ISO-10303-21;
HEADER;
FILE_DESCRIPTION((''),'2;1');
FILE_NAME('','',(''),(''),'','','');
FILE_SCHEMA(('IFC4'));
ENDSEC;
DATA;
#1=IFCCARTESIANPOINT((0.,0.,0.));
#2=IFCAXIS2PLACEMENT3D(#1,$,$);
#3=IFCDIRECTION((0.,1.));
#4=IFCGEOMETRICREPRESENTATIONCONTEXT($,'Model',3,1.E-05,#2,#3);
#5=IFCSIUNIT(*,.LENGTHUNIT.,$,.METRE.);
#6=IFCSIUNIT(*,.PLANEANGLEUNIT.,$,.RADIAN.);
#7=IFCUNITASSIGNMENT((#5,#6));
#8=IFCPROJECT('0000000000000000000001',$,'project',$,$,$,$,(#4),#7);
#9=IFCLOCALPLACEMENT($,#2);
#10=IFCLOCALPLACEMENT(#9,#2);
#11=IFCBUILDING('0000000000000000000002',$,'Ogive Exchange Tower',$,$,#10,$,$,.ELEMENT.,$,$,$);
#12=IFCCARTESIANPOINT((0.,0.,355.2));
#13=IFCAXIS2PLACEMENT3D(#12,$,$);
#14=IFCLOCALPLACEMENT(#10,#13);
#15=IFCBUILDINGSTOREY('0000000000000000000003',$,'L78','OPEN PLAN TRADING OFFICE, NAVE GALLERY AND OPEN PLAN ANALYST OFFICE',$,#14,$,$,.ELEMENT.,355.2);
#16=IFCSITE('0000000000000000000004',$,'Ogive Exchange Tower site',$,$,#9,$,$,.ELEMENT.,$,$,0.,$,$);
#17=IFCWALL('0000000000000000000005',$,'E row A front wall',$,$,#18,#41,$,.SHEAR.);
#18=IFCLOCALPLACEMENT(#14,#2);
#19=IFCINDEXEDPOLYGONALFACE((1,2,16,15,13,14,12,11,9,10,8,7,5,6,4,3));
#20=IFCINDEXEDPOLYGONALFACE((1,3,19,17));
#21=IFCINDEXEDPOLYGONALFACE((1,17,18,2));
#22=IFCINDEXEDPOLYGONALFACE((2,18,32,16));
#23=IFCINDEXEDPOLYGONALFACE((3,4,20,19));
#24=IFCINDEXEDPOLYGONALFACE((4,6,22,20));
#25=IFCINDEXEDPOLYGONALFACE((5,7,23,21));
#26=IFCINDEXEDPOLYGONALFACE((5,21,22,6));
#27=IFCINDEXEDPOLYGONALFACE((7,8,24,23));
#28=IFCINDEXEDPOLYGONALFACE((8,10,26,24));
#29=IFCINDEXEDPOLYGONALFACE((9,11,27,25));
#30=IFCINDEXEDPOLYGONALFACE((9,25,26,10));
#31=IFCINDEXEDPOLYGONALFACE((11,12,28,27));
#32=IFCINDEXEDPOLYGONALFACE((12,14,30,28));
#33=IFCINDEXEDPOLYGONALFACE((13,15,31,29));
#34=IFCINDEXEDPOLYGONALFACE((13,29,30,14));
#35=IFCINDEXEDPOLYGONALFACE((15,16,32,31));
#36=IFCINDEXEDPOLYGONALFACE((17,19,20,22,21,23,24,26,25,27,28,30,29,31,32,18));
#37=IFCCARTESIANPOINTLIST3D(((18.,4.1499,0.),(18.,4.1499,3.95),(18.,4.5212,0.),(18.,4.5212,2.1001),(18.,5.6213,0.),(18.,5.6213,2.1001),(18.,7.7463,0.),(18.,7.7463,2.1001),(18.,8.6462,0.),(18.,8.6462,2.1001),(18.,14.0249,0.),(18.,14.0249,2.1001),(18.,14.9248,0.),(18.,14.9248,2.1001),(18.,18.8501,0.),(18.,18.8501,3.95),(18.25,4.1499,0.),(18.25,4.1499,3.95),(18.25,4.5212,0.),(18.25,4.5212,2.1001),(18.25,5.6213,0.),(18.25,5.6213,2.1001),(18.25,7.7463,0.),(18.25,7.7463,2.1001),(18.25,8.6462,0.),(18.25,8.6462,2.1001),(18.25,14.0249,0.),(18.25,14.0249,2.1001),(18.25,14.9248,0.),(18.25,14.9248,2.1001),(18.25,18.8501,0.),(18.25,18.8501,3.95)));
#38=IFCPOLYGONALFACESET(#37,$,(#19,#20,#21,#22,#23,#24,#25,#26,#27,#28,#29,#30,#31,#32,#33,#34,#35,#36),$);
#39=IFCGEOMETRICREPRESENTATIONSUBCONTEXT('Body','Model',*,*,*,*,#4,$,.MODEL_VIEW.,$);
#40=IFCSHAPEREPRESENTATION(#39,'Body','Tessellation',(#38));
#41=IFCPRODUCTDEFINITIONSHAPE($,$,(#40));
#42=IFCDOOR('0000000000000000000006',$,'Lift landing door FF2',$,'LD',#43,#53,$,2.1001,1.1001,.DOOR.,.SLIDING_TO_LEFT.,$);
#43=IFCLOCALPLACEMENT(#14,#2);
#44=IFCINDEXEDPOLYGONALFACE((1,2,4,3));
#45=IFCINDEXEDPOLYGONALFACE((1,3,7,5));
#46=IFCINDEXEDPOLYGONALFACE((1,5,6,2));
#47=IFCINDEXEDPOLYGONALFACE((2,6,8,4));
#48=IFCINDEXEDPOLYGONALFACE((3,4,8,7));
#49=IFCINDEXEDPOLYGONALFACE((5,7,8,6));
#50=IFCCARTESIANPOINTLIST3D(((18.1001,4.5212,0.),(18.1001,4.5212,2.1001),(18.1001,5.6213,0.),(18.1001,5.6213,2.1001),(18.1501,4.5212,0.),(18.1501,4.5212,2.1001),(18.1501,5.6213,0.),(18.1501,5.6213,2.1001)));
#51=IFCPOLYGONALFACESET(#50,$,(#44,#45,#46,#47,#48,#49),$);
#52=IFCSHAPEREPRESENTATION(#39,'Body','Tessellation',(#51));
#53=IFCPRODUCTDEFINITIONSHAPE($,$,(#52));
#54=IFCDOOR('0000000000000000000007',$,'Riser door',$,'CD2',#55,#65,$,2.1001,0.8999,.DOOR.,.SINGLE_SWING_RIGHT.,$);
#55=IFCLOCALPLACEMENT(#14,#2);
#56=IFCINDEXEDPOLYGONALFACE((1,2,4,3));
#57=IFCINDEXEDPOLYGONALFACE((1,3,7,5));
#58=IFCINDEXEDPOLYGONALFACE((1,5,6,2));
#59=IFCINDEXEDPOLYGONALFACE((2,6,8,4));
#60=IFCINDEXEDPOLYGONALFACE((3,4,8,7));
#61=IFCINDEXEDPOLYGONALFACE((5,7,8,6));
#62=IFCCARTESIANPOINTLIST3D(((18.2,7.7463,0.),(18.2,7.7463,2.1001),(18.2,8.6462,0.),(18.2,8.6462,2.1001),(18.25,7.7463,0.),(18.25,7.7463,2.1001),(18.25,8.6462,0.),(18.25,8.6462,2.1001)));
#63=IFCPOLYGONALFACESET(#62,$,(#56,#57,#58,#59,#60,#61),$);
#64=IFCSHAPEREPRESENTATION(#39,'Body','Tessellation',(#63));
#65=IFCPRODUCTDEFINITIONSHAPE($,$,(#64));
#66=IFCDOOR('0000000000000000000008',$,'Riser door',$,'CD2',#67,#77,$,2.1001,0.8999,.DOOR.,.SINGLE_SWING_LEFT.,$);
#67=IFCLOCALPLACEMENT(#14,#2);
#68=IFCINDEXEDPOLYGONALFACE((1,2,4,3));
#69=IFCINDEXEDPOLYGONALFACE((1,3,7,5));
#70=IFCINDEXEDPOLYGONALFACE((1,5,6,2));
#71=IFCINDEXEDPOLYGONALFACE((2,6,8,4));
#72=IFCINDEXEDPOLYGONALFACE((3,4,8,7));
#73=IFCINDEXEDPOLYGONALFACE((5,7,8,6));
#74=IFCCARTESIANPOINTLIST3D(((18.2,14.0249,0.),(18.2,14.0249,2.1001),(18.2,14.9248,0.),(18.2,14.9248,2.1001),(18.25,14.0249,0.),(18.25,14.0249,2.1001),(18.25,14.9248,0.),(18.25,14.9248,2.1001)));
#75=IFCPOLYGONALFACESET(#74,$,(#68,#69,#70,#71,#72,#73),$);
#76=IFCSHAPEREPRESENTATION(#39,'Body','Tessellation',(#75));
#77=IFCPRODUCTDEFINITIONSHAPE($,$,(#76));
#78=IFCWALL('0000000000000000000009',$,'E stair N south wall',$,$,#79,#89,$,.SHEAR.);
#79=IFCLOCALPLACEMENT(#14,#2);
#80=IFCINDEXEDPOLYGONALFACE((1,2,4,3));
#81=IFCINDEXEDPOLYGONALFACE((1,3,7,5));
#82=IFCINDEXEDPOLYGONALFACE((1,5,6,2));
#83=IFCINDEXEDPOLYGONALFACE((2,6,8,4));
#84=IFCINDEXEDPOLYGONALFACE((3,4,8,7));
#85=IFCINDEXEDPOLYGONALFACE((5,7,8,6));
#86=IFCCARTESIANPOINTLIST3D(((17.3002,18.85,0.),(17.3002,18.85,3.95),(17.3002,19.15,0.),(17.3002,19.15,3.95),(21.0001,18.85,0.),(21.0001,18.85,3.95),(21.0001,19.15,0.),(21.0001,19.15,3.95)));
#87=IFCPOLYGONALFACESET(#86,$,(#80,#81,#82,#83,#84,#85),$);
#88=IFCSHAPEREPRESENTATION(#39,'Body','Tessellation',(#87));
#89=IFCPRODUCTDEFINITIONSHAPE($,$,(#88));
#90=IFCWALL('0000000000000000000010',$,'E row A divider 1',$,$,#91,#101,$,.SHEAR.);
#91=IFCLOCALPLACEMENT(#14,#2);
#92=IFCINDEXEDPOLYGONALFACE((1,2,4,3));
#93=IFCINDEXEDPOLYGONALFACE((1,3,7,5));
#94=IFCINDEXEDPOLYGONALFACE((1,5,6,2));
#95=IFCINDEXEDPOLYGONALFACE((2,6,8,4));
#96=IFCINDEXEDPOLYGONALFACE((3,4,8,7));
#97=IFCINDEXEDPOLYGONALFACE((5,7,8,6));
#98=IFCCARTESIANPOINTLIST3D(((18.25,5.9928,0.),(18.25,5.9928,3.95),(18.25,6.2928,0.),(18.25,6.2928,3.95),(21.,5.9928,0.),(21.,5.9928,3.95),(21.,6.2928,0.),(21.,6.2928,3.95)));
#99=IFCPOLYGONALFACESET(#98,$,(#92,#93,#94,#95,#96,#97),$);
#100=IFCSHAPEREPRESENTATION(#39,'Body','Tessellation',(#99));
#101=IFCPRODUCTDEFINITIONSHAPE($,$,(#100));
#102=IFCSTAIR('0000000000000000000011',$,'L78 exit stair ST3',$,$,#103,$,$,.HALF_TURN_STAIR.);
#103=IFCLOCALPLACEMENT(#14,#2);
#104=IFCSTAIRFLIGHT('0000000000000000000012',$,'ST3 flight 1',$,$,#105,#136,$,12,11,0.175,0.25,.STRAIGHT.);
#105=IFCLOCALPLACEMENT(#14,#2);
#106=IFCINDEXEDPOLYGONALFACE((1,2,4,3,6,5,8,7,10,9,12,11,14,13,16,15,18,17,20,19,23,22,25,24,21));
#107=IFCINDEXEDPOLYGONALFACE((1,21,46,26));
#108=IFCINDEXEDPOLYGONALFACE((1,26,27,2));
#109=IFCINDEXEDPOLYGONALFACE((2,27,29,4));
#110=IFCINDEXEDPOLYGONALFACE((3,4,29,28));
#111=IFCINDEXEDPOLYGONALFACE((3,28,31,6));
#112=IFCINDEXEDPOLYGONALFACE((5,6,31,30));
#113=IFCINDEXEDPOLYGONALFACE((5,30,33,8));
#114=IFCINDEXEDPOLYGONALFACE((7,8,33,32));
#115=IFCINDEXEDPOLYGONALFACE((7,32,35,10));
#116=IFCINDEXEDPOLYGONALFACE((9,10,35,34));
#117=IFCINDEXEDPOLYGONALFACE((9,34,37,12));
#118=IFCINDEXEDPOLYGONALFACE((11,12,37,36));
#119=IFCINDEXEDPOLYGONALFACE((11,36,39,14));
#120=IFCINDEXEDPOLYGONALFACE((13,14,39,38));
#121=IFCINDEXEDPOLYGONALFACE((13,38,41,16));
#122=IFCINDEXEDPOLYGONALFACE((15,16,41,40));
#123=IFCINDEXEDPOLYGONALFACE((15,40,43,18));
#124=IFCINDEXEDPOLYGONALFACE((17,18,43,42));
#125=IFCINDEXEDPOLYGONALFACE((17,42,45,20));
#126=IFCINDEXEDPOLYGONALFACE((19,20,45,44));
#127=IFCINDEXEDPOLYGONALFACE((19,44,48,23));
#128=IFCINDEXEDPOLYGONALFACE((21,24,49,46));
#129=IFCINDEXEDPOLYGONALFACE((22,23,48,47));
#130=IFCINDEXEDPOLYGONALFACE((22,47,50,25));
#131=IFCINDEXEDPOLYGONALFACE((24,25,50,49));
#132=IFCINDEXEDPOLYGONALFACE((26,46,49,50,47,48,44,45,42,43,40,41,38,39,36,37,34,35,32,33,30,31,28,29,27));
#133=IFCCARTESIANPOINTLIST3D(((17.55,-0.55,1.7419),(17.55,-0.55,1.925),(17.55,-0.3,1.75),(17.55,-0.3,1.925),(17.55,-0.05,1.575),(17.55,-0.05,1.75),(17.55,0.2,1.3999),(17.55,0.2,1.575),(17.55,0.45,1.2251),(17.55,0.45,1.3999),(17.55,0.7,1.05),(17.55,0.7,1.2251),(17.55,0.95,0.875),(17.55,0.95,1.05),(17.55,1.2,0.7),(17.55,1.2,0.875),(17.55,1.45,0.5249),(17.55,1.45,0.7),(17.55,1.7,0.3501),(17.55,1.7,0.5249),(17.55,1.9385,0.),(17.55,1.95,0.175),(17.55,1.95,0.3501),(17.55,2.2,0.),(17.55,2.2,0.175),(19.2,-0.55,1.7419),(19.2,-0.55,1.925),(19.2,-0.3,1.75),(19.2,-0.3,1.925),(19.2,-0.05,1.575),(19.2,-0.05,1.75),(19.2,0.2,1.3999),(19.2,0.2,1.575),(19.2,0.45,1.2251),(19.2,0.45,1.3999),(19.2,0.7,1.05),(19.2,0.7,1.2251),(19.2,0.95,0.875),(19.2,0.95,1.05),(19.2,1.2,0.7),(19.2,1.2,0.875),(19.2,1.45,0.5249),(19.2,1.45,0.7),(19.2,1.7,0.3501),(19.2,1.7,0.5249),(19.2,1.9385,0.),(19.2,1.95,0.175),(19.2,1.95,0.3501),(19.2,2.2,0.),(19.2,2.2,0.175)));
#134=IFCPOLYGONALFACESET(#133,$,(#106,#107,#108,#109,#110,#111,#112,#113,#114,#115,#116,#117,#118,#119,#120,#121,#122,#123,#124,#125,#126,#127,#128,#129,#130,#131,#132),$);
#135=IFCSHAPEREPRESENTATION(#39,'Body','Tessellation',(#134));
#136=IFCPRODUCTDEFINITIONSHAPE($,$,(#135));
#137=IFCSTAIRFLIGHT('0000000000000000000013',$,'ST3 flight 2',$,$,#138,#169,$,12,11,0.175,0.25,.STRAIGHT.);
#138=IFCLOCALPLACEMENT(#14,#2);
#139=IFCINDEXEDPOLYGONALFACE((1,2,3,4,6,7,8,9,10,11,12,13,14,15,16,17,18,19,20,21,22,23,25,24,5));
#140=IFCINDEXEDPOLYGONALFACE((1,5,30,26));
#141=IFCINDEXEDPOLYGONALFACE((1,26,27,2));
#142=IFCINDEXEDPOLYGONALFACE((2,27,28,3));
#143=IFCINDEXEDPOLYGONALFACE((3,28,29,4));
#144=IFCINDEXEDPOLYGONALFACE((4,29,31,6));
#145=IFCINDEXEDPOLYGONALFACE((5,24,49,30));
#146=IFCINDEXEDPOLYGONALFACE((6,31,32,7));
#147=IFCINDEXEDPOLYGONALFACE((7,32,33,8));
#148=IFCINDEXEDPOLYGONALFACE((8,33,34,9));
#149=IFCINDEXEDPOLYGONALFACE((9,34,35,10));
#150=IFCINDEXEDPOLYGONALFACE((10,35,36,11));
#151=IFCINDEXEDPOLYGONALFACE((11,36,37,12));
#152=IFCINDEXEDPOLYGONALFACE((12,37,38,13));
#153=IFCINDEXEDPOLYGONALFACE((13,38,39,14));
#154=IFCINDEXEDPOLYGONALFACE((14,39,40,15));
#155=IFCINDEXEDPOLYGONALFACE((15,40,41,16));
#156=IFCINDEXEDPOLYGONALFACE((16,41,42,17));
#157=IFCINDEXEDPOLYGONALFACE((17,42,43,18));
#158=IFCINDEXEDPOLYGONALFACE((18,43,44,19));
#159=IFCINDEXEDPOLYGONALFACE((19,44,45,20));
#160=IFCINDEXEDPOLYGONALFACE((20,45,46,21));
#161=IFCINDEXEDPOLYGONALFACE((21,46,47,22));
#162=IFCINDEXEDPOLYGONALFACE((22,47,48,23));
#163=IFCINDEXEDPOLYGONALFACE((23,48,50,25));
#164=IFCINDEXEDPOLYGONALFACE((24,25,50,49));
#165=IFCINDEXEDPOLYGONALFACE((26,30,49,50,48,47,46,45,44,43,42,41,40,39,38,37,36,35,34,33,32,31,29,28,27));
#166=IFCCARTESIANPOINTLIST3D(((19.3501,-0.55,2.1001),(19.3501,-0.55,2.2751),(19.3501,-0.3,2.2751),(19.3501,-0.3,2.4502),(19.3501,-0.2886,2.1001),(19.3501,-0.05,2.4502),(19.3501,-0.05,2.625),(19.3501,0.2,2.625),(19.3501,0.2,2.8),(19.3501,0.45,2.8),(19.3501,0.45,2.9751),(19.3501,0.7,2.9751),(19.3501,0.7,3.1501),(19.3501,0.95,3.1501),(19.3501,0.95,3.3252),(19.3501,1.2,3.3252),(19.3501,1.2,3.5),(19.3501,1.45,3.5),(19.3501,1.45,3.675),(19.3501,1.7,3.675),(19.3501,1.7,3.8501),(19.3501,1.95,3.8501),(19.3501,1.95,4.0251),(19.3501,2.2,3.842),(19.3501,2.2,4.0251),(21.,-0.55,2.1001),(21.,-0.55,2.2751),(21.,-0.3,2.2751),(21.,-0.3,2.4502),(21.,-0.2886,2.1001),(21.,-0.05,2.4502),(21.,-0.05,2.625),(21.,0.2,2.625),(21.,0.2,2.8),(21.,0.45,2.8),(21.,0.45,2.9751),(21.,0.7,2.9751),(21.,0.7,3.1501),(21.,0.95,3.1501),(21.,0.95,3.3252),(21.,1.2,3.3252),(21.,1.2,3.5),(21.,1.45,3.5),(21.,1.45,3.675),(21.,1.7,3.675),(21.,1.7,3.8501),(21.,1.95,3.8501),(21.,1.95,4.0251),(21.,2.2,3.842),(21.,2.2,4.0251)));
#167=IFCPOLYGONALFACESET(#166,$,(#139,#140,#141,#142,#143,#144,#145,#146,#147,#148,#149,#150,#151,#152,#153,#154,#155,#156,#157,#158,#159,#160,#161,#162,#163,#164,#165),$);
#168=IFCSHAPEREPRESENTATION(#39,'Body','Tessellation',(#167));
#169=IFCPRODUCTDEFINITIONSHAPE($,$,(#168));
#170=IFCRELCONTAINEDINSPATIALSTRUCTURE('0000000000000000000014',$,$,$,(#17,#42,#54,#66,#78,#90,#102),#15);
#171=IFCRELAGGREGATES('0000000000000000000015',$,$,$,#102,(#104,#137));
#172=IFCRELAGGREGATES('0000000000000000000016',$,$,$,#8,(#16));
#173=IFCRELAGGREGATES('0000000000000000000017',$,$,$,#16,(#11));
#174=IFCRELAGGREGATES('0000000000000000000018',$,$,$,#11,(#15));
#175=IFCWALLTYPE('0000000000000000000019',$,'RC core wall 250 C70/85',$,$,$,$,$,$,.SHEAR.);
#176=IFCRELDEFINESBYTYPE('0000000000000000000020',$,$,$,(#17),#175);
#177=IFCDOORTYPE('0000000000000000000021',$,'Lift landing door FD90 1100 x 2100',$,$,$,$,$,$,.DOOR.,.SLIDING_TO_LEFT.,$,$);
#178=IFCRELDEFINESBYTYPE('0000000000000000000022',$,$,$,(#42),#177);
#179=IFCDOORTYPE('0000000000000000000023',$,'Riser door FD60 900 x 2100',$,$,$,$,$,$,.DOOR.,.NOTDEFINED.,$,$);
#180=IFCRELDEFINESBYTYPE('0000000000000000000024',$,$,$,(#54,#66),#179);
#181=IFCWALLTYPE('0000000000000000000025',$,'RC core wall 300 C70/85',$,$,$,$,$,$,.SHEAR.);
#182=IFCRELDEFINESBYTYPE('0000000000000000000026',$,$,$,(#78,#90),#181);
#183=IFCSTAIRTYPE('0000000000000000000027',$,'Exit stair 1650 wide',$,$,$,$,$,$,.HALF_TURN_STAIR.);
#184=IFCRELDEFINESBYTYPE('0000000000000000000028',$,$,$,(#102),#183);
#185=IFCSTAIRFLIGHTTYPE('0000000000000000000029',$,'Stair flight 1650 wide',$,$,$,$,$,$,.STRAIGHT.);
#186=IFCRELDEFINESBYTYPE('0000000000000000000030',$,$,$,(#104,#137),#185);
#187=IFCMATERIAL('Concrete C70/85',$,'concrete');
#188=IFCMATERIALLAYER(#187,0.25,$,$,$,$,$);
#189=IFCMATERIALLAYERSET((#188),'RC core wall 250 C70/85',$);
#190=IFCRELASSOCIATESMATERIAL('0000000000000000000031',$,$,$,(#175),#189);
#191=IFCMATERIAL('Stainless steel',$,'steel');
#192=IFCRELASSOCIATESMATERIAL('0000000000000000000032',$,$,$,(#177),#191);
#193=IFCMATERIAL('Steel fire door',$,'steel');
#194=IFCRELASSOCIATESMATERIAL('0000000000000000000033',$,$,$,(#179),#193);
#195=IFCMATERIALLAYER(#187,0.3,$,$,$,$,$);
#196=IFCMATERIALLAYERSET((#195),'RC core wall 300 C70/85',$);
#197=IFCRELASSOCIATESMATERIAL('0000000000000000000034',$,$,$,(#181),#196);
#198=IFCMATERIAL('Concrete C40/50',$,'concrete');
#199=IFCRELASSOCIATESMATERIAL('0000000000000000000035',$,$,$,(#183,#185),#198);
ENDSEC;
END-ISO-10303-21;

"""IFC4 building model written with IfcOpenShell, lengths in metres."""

from ifc_helpers import new_model, si_unit, direction, frame, frame_2d, origin, place, context, subcontext, project, spatial, polyline, rectangle, outline, extrude, material, layer, layer_set, type_object, element, fill, aggregate, save


model = new_model("IFC4")

# Units and contexts
model_context = context("Model", 3, precision=1e-05, world=origin(), true_north=direction((0.0, 1.0)))
body_context = subcontext(model_context, "Body", "Model", "MODEL_VIEW")
ifc_project = project(units=[si_unit("LENGTHUNIT", "METRE"), si_unit("PLANEANGLEUNIT", "RADIAN")], contexts=[model_context])

# Site, building, storey
site_placement = place(None, origin())
site = spatial("IfcSite", under=ifc_project, at=site_placement, Name="Ogive Exchange Tower site", CompositionType="ELEMENT", RefElevation=0.0)
building_placement = place(site_placement, origin())
building = spatial("IfcBuilding", under=site, at=building_placement, Name="Ogive Exchange Tower", CompositionType="ELEMENT")
storey_placement = place(building_placement, frame((0.0, 0.0, 355.2)))
storey = spatial("IfcBuildingStorey", under=building, at=storey_placement, Name="L78", Description="OPEN PLAN TRADING OFFICE, NAVE GALLERY AND OPEN PLAN ANALYST OFFICE", CompositionType="ELEMENT", Elevation=355.2)

# Shared definitions
ifc_material_1 = material(Name="Concrete C70/85", Category="concrete")
ifc_layer_1 = layer(ifc_material_1, 0.25)
ifc_layer_set_1 = layer_set([ifc_layer_1], Name="RC core wall 250 C70/85")
wall_type_1 = type_object("IfcWallType", Name="RC core wall 250 C70/85", PredefinedType="SHEAR", material=ifc_layer_set_1)
ifc_material_2 = material(Name="Steel fire door", Category="steel")

# Wall, openings, doors
wall_1_placement = place(storey_placement, frame((18.125, 4.1499, 0.0), z_axis=(0.0, 0.0, 1.0), x_axis=(0.0, 1.0, 0.0)))
wall_1 = element("IfcWall", 1, at=wall_1_placement, inside=storey, type_object=wall_type_1, Name="E row A front wall", PredefinedType="SHEAR", context=body_context, shape_type="SweptSolid", body=[
    extrude(rectangle(XDim=14.7002, YDim=0.25, at=frame_2d((7.3501, 0.0))), origin(), (0.0, 0.0, 1.0), 3.95),
])
opening_1_placement = place(wall_1_placement, frame((3.5964, 0.0, 0.0)))
opening_1 = element("IfcOpeningElement", 2, at=opening_1_placement, cuts=wall_1, PredefinedType="OPENING", context=body_context, shape_type="SweptSolid", body=[
    extrude(rectangle(XDim=0.8999, YDim=2.1001, at=frame_2d((0.45, 1.05))), frame((0.0, 0.135, 0.0), z_axis=(0.0, -1.0, 0.0), x_axis=(1.0, 0.0, 0.0)), (0.0, 0.0, 1.0), 0.27),
])
opening_2_placement = place(wall_1_placement, frame((9.875, 0.0, 0.0)))
opening_2 = element("IfcOpeningElement", 3, at=opening_2_placement, cuts=wall_1, PredefinedType="OPENING", context=body_context, shape_type="SweptSolid", body=[
    extrude(rectangle(XDim=0.8999, YDim=2.1001, at=frame_2d((0.45, 1.05))), frame((0.0, 0.135, 0.0), z_axis=(0.0, -1.0, 0.0), x_axis=(1.0, 0.0, 0.0)), (0.0, 0.0, 1.0), 0.27),
])
opening_3_placement = place(wall_1_placement, frame((0.3713, 0.0, 0.0)))
opening_3 = element("IfcOpeningElement", 4, at=opening_3_placement, cuts=wall_1, PredefinedType="OPENING", context=body_context, shape_type="SweptSolid", body=[
    extrude(rectangle(XDim=1.1001, YDim=2.1001, at=frame_2d((0.55, 1.05))), frame((0.0, 0.135, 0.0), z_axis=(0.0, -1.0, 0.0), x_axis=(1.0, 0.0, 0.0)), (0.0, 0.0, 1.0), 0.27),
])
ifc_material_3 = material(Name="Stainless steel", Category="steel")
door_type_1 = type_object("IfcDoorType", Name="Lift landing door FD90 1100 x 2100", OperationType="SLIDING_TO_LEFT", PredefinedType="DOOR", material=ifc_material_3)
door_1_placement = place(opening_3_placement, origin())
door_1 = element("IfcDoor", 5, at=door_1_placement, inside=storey, type_object=door_type_1, Name="Lift landing door FF2", ObjectType="LD", OperationType="SLIDING_TO_LEFT", OverallHeight=2.1001, OverallWidth=1.1001, PredefinedType="DOOR", context=body_context, shape_type="SweptSolid", body=[
    extrude(rectangle(XDim=1.1001, YDim=2.1001, at=frame_2d((0.55, 1.05))), frame((0.0, 0.0249, 0.0), z_axis=(0.0, -1.0, 0.0), x_axis=(1.0, 0.0, 0.0)), (0.0, 0.0, 1.0), 0.05),
])
fill(opening_3, door_1)
door_type_2 = type_object("IfcDoorType", Name="Riser door FD60 900 x 2100", OperationType="NOTDEFINED", PredefinedType="DOOR", material=ifc_material_2)
door_2_placement = place(opening_1_placement, frame((0.8999, -0.2002, 0.0), z_axis=(0.0, 0.0, 1.0), x_axis=(-1.0, 0.0, 0.0)))
door_2 = element("IfcDoor", 6, at=door_2_placement, inside=storey, type_object=door_type_2, Name="Riser door", ObjectType="CD2", OperationType="SINGLE_SWING_RIGHT", OverallHeight=2.1001, OverallWidth=0.8999, PredefinedType="DOOR", context=body_context, shape_type="SweptSolid", body=[
    extrude(rectangle(XDim=0.8999, YDim=2.1001, at=frame_2d((0.45, 1.05))), frame((0.0, -0.0752, 0.0), z_axis=(0.0, -1.0, 0.0), x_axis=(1.0, 0.0, 0.0)), (0.0, 0.0, 1.0), 0.05),
])
fill(opening_1, door_2)
door_3_placement = place(opening_2_placement, frame((0.8999, -0.2002, 0.0), z_axis=(0.0, 0.0, 1.0), x_axis=(-1.0, 0.0, 0.0)))
door_3 = element("IfcDoor", 7, at=door_3_placement, inside=storey, type_object=door_type_2, Name="Riser door", ObjectType="CD2", OperationType="SINGLE_SWING_LEFT", OverallHeight=2.1001, OverallWidth=0.8999, PredefinedType="DOOR", context=body_context, shape_type="SweptSolid", body=[
    extrude(rectangle(XDim=0.8999, YDim=2.1001, at=frame_2d((0.45, 1.05))), frame((0.0, -0.0752, 0.0), z_axis=(0.0, -1.0, 0.0), x_axis=(1.0, 0.0, 0.0)), (0.0, 0.0, 1.0), 0.05),
])
fill(opening_2, door_3)

# Walls
ifc_layer_2 = layer(ifc_material_1, 0.3)
ifc_layer_set_2 = layer_set([ifc_layer_2], Name="RC core wall 300 C70/85")
wall_type_2 = type_object("IfcWallType", Name="RC core wall 300 C70/85", PredefinedType="SHEAR", material=ifc_layer_set_2)
wall_2_placement = place(storey_placement, frame((17.3, 19.0, 0.0), z_axis=(0.0, 0.0, 1.0), x_axis=(1.0, 0.0, 0.0)))
element("IfcWall", 8, at=wall_2_placement, inside=storey, type_object=wall_type_2, Name="E stair N south wall", PredefinedType="SHEAR", context=body_context, shape_type="SweptSolid", body=[
    extrude(rectangle(XDim=3.7, YDim=0.3, at=frame_2d((1.8501, 0.0))), origin(), (0.0, 0.0, 1.0), 3.95),
])
wall_3_placement = place(storey_placement, frame((18.25, 6.1428, 0.0), z_axis=(0.0, 0.0, 1.0), x_axis=(1.0, 0.0, 0.0)))
element("IfcWall", 9, at=wall_3_placement, inside=storey, type_object=wall_type_2, Name="E row A divider 1", PredefinedType="SHEAR", context=body_context, shape_type="SweptSolid", body=[
    extrude(rectangle(XDim=2.75, YDim=0.3, at=frame_2d((1.375, 0.0))), origin(), (0.0, 0.0, 1.0), 3.95),
])

# Stair, stair flights
ifc_material_4 = material(Name="Concrete C40/50", Category="concrete")
stair_type = type_object("IfcStairType", Name="Exit stair 1650 wide", PredefinedType="HALF_TURN_STAIR", material=ifc_material_4)
stair_placement = place(storey_placement, origin())
stair = element("IfcStair", 10, at=stair_placement, inside=storey, type_object=stair_type, Name="L78 exit stair ST3", PredefinedType="HALF_TURN_STAIR")
stair_flight_type = type_object("IfcStairFlightType", Name="Stair flight 1650 wide", PredefinedType="STRAIGHT", material=ifc_material_4)
stair_flight_1_placement = place(storey_placement, frame((18.375, 2.2, 0.0), z_axis=(0.0, 0.0, 1.0), x_axis=(0.0, -1.0, 0.0)))
stair_flight_1 = element("IfcStairFlight", 11, at=stair_flight_1_placement, type_object=stair_flight_type, Name="ST3 flight 1", NumberOfRisers=12, NumberOfTreads=11, PredefinedType="STRAIGHT", RiserHeight=0.175, TreadLength=0.25, context=body_context, shape_type="SweptSolid", body=[
    extrude(outline(polyline([(0.0, 0.0), (0.0, 0.175), (0.25, 0.175), (0.25, 0.3501), (0.5, 0.3501), (0.5, 0.5249), (0.75, 0.5249), (0.75, 0.7), (1.0, 0.7), (1.0, 0.875), (1.25, 0.875), (1.25, 1.05), (1.5, 1.05), (1.5, 1.2251), (1.75, 1.2251), (1.75, 1.3999), (2.0, 1.3999), (2.0, 1.575), (2.25, 1.575), (2.25, 1.75), (2.5, 1.75), (2.5, 1.925), (2.75, 1.925), (2.75, 2.1001), (2.75, 1.7419), (0.2615, 0.0), (0.0, 0.0)])), frame((0.0, 0.825, 0.0), z_axis=(0.0, -1.0, 0.0), x_axis=(1.0, 0.0, 0.0)), (0.0, 0.0, 1.0), 1.6499),
])
stair_flight_2_placement = place(storey_placement, frame((20.175, -0.55, 2.1001), z_axis=(0.0, 0.0, 1.0), x_axis=(0.0, 1.0, 0.0)))
stair_flight_2 = element("IfcStairFlight", 12, at=stair_flight_2_placement, type_object=stair_flight_type, Name="ST3 flight 2", NumberOfRisers=12, NumberOfTreads=11, PredefinedType="STRAIGHT", RiserHeight=0.175, TreadLength=0.25, context=body_context, shape_type="SweptSolid", body=[
    extrude(outline(polyline([(0.0, 0.0), (0.0, 0.175), (0.25, 0.175), (0.25, 0.3501), (0.5, 0.3501), (0.5, 0.5249), (0.75, 0.5249), (0.75, 0.7), (1.0, 0.7), (1.0, 0.875), (1.25, 0.875), (1.25, 1.05), (1.5, 1.05), (1.5, 1.2251), (1.75, 1.2251), (1.75, 1.3999), (2.0, 1.3999), (2.0, 1.575), (2.25, 1.575), (2.25, 1.75), (2.5, 1.75), (2.5, 1.925), (2.75, 1.925), (2.75, 2.1001), (2.75, 1.7419), (0.2615, 0.0), (0.0, 0.0)])), frame((0.0, 0.825, 0.0), z_axis=(0.0, -1.0, 0.0), x_axis=(1.0, 0.0, 0.0)), (0.0, 0.0, 1.0), 1.6499),
])
aggregate(stair, [stair_flight_1, stair_flight_2])

save(model, "model.ifc")
